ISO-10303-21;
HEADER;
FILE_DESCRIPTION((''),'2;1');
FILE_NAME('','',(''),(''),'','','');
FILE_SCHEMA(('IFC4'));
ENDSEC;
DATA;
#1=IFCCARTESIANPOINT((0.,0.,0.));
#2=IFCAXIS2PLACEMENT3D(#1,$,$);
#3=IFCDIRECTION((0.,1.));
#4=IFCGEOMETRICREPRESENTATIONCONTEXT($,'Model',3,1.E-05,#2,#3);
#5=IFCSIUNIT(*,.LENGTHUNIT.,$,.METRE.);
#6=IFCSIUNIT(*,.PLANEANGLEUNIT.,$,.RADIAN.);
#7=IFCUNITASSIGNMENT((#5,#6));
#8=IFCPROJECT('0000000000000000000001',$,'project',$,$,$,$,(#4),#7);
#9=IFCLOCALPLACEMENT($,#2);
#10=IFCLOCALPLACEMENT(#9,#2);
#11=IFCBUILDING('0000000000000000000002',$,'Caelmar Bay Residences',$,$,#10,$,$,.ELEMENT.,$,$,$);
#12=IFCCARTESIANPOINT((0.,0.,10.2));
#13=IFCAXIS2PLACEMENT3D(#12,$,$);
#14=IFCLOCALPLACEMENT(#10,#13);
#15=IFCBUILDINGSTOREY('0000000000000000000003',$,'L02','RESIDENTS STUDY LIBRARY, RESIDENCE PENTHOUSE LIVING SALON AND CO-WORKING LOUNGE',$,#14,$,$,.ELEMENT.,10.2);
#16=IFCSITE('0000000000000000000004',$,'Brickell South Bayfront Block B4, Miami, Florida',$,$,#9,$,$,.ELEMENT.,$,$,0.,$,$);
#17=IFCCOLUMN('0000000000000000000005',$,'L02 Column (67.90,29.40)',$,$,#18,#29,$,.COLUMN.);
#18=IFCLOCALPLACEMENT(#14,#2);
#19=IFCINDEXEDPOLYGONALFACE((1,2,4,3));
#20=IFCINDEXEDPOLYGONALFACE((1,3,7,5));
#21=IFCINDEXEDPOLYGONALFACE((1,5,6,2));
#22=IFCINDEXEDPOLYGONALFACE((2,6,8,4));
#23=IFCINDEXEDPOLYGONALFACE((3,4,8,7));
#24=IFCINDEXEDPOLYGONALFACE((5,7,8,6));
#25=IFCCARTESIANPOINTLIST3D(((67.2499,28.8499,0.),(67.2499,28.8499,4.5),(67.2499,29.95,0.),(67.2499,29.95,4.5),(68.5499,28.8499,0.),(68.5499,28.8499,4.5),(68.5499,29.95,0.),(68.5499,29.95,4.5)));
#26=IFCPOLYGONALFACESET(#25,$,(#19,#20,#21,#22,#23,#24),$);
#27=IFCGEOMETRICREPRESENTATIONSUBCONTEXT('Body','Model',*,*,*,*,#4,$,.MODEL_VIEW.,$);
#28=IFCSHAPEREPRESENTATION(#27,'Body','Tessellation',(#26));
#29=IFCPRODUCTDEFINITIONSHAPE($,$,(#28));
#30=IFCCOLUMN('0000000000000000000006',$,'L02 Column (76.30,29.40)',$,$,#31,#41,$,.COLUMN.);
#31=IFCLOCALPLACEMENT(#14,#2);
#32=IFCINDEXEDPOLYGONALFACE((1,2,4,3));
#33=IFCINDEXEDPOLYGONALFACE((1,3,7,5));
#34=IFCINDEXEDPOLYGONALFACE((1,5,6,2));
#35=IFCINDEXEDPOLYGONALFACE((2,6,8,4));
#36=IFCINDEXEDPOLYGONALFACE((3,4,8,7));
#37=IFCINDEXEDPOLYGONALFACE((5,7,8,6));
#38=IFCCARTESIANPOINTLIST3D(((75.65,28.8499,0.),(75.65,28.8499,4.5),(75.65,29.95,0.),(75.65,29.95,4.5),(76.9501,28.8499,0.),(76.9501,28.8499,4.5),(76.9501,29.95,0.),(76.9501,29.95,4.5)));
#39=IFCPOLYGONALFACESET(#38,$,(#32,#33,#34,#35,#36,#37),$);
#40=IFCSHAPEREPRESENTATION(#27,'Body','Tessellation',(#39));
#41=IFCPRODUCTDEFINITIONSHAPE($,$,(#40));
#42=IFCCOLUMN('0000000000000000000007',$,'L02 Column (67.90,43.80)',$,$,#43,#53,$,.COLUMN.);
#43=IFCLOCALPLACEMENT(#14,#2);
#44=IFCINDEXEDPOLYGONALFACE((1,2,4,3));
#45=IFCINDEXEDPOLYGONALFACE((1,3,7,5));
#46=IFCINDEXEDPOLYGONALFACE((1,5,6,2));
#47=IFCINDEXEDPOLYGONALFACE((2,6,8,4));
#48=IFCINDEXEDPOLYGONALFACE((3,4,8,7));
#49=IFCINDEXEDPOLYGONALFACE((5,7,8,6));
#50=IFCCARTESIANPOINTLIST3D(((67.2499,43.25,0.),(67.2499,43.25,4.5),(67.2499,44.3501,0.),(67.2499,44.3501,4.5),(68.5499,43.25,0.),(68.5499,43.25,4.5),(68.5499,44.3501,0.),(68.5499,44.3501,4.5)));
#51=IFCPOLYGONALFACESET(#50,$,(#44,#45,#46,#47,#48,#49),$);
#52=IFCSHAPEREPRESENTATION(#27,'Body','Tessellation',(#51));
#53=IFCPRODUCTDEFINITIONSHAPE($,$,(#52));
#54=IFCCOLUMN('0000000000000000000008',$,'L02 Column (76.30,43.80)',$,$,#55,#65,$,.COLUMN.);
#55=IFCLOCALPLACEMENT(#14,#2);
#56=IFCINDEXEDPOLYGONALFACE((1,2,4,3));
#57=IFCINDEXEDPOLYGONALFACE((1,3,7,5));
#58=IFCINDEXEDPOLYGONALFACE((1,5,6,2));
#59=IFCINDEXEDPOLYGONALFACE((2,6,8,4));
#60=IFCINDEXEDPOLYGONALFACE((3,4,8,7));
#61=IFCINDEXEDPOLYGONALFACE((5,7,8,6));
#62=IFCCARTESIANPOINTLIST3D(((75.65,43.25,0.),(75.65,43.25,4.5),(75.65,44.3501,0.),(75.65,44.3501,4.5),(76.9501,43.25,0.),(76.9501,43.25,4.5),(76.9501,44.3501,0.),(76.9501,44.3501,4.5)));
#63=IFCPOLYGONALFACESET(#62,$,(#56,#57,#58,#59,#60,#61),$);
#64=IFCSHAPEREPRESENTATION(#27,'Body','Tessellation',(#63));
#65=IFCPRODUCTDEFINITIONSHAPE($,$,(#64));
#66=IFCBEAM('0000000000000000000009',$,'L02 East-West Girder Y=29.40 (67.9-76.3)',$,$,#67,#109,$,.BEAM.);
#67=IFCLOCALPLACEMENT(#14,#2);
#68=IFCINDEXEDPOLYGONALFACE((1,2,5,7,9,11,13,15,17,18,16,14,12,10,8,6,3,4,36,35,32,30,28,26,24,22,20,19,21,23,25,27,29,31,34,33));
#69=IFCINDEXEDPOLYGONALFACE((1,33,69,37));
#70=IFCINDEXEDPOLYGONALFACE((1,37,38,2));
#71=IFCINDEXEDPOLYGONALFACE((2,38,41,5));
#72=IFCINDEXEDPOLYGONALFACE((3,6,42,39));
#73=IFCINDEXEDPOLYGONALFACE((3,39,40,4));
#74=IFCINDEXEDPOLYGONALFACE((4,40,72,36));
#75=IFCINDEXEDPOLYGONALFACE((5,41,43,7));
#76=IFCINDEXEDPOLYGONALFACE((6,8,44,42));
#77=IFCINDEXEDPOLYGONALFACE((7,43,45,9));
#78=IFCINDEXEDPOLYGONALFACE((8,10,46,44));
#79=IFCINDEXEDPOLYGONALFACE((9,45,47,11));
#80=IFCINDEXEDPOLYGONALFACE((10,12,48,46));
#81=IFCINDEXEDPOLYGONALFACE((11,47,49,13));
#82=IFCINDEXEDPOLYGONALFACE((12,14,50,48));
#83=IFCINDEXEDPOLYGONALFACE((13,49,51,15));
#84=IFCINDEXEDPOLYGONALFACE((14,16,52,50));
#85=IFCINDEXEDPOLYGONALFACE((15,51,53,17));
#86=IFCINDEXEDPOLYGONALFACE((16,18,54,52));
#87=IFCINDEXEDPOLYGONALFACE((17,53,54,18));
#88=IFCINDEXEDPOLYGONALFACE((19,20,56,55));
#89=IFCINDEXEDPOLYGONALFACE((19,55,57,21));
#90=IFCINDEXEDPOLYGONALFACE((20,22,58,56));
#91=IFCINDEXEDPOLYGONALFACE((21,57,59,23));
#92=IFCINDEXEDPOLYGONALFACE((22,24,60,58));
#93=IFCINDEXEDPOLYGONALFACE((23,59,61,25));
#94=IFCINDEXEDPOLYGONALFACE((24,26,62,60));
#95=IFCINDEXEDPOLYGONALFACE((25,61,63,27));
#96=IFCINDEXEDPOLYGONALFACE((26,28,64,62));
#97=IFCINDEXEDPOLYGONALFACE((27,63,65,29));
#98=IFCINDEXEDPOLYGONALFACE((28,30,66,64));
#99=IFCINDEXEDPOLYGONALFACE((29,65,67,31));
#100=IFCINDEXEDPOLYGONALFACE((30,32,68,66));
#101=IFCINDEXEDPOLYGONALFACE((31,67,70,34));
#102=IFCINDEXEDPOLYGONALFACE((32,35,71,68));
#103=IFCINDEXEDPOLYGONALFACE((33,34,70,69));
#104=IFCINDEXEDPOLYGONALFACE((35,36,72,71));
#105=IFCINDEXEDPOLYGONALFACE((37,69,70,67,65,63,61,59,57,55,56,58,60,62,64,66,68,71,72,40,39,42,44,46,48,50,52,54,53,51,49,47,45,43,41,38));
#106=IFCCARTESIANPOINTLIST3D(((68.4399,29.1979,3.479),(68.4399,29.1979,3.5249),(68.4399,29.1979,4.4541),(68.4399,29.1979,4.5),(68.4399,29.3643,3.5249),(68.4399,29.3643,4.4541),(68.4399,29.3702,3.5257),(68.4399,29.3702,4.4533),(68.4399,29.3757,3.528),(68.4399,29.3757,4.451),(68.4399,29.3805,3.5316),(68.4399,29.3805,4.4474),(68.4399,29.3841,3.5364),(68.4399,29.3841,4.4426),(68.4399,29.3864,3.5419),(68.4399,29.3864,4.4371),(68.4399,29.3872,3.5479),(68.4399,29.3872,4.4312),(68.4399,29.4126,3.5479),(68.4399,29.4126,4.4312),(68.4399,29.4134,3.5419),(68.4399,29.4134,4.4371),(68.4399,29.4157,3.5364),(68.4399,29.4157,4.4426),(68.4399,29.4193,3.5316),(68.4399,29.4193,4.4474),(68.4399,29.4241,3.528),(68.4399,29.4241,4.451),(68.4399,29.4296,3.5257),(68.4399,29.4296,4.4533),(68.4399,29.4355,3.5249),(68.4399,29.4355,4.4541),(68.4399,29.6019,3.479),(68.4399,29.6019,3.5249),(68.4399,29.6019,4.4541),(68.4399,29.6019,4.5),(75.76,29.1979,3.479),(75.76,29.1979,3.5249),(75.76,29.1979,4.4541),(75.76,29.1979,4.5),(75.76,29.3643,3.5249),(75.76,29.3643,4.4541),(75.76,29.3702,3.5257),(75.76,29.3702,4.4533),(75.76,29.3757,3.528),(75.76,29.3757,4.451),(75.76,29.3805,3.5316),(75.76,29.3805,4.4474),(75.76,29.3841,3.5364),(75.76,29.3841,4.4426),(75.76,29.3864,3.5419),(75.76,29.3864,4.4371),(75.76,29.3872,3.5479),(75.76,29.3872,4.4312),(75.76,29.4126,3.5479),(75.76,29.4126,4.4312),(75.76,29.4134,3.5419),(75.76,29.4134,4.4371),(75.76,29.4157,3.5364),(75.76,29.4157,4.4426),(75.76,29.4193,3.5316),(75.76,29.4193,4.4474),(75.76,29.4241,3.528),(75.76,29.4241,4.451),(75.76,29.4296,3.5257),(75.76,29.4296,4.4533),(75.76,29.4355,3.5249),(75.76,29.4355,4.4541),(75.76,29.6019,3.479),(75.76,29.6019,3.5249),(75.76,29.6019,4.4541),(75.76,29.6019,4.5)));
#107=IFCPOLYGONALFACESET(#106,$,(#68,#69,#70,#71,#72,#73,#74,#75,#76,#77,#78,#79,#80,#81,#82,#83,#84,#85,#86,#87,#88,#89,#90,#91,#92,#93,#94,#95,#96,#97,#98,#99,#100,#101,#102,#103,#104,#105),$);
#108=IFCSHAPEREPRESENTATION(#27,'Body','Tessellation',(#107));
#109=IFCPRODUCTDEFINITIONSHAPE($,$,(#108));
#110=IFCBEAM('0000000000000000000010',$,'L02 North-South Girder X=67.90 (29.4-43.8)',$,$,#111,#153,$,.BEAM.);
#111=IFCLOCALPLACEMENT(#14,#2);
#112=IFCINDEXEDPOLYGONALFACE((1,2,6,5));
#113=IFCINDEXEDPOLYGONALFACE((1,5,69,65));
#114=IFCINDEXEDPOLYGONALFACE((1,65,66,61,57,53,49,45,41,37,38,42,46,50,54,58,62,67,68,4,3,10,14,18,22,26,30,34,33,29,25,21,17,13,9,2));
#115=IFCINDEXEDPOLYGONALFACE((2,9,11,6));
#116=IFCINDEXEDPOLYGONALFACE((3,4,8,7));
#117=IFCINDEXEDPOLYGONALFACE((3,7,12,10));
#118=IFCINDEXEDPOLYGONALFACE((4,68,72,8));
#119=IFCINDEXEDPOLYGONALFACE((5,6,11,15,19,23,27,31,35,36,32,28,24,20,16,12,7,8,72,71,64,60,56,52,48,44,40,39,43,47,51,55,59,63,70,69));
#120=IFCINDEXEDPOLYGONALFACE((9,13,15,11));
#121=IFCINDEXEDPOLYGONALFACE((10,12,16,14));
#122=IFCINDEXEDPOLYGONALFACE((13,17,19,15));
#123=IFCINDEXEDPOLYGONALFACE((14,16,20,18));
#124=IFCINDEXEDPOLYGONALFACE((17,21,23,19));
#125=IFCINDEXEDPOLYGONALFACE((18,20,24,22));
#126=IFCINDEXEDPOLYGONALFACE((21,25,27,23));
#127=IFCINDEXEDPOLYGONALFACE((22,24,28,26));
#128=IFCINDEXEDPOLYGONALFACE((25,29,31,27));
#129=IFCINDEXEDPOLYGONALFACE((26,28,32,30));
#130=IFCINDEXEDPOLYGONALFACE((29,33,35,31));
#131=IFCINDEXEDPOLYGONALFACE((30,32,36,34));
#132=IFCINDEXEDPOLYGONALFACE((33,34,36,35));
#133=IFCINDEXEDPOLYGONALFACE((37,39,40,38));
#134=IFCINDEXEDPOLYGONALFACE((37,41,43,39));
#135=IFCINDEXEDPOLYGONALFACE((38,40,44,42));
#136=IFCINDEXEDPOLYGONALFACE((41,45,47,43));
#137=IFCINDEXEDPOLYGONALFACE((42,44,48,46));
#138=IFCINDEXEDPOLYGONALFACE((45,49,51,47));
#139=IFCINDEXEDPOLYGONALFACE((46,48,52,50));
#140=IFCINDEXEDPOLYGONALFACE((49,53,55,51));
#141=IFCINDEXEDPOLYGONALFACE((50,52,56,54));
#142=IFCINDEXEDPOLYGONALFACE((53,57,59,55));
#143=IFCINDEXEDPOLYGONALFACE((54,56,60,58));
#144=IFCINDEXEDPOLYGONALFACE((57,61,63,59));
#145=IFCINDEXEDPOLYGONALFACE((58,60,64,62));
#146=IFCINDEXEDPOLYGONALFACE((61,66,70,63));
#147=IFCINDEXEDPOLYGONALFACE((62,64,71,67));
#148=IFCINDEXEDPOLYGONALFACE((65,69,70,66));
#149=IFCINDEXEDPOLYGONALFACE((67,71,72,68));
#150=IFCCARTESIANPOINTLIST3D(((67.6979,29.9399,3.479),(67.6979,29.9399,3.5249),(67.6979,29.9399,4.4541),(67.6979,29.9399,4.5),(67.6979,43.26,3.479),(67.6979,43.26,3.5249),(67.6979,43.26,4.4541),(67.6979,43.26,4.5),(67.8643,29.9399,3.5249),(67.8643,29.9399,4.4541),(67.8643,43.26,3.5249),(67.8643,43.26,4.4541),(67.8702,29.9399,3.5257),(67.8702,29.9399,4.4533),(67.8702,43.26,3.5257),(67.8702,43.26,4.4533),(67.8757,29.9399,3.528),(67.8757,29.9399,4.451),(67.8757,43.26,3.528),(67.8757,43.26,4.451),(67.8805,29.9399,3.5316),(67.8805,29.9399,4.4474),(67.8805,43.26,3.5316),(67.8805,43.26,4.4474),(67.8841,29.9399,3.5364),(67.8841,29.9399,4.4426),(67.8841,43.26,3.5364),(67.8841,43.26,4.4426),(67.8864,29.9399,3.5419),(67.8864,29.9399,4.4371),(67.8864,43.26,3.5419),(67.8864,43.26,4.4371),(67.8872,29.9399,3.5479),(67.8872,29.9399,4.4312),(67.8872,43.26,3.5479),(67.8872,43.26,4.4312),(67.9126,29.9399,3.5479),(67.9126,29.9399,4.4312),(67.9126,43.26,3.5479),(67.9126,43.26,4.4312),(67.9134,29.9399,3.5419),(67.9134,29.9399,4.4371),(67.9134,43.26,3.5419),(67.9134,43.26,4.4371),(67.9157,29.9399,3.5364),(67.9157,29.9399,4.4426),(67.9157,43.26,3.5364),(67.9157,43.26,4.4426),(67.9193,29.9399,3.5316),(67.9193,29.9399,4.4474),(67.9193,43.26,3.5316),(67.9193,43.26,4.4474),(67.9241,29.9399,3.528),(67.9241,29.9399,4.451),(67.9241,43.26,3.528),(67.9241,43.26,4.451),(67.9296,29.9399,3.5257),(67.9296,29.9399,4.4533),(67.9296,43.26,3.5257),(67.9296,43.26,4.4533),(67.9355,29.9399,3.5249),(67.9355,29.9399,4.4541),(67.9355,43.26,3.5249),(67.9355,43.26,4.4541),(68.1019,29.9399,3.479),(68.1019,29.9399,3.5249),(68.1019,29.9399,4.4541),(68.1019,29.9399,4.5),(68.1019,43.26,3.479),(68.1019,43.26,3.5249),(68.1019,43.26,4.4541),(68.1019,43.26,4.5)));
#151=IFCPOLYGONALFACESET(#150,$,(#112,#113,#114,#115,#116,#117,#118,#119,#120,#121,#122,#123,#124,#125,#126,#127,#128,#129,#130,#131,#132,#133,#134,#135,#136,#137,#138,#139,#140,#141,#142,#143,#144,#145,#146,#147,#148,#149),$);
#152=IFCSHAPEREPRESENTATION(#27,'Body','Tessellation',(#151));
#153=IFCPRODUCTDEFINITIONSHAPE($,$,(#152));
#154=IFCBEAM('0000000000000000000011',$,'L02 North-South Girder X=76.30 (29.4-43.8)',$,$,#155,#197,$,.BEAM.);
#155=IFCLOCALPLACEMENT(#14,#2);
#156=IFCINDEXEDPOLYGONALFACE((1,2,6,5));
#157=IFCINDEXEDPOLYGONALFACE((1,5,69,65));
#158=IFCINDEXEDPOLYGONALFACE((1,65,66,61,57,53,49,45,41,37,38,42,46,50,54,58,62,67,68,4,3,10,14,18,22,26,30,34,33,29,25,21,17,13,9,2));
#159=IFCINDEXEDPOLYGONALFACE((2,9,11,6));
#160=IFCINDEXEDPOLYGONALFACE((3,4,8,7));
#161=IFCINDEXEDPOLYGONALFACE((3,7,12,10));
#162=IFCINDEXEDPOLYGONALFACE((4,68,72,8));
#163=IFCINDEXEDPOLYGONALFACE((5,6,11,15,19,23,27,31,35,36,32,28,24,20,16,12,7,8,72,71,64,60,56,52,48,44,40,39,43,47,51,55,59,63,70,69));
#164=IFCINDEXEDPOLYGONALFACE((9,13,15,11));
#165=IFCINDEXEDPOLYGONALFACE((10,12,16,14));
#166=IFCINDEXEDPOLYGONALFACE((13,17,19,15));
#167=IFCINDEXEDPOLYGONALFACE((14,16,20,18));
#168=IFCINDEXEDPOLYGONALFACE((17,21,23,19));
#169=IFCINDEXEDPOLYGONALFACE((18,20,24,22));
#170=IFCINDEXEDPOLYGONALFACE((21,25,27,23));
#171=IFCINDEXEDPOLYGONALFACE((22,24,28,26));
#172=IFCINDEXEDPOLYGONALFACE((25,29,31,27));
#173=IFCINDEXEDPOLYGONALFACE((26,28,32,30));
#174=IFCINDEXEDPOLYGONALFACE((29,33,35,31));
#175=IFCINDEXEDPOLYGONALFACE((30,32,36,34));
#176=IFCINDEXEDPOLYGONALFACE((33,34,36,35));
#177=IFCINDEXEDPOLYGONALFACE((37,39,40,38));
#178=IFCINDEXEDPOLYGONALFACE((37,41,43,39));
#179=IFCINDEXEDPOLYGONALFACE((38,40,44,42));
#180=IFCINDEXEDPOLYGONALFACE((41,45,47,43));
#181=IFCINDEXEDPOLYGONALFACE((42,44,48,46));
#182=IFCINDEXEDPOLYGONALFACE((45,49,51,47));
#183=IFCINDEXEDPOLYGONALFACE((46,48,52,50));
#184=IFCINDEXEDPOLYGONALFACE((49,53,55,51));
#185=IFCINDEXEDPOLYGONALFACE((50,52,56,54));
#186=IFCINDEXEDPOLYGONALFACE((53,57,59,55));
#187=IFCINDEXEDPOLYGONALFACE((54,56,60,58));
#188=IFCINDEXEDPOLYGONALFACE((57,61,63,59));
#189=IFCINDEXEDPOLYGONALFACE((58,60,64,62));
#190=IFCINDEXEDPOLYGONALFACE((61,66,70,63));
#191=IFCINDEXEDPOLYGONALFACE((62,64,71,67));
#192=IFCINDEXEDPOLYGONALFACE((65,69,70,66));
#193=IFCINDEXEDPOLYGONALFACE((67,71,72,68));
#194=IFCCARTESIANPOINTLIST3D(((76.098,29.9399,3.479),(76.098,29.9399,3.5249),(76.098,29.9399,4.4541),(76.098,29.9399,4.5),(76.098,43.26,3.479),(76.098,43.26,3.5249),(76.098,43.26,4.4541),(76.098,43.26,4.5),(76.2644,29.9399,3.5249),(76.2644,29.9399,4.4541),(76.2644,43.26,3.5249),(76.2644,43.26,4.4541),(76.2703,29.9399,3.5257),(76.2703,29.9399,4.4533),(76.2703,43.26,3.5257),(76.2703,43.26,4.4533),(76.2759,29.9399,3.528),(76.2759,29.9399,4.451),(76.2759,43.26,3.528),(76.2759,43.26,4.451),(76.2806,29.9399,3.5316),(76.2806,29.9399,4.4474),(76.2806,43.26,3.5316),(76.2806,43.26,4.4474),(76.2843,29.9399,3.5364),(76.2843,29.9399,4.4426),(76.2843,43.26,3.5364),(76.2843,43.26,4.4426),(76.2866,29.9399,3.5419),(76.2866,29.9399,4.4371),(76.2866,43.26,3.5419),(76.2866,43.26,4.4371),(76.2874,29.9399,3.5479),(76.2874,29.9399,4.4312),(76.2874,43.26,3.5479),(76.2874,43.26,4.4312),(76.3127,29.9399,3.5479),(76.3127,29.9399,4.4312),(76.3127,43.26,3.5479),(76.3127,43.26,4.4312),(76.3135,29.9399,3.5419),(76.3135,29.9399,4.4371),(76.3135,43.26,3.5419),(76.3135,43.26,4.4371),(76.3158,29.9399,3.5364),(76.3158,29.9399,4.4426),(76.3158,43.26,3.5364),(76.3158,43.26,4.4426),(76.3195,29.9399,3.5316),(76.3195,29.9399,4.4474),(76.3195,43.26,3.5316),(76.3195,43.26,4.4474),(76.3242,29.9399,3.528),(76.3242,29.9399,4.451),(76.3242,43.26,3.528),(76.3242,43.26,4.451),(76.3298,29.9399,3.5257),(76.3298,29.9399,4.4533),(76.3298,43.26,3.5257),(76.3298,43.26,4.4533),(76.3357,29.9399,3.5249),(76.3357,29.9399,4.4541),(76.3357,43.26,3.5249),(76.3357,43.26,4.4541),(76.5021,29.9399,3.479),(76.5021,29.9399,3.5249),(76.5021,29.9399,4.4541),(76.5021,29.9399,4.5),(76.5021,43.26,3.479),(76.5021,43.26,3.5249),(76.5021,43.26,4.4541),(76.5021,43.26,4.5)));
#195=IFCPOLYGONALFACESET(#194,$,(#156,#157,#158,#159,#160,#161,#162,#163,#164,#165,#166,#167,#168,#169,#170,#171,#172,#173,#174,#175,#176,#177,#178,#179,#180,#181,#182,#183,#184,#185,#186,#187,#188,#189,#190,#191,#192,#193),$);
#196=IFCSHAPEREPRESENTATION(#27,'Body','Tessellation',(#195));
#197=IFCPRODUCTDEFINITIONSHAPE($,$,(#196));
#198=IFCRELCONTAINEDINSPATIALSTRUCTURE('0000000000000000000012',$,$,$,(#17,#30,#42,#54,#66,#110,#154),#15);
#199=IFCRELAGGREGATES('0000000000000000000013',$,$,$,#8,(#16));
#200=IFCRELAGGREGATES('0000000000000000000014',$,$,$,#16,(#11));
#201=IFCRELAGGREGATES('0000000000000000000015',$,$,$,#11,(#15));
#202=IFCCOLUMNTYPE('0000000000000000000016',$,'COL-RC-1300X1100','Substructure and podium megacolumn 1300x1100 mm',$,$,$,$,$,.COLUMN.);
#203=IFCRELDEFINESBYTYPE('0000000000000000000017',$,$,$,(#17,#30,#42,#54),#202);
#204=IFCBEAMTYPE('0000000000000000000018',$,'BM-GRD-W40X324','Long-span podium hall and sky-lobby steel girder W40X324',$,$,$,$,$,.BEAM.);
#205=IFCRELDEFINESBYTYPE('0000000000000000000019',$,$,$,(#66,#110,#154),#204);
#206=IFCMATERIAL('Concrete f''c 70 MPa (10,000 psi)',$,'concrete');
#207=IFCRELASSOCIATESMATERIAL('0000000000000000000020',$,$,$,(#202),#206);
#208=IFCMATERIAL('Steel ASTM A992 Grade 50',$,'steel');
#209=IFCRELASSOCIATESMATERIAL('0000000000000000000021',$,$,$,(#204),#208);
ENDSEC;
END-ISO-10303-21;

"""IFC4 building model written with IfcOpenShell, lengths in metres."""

from ifc_helpers import new_model, si_unit, direction, frame, origin, origin_2d, place, context, subcontext, project, spatial, rectangle, i_section, extrude, material, material_profile, profile_set, type_object, element, save


model = new_model("IFC4")

# Units and contexts
model_context = context("Model", 3, precision=1e-05, world=origin(), true_north=direction((0.0, 1.0)))
body_context = subcontext(model_context, "Body", "Model", "MODEL_VIEW")
ifc_project = project(units=[si_unit("LENGTHUNIT", "METRE"), si_unit("PLANEANGLEUNIT", "RADIAN")], contexts=[model_context])

# Site, building, storey
site_placement = place(None, origin())
site = spatial("IfcSite", under=ifc_project, at=site_placement, Name="Brickell South Bayfront Block B4, Miami, Florida", CompositionType="ELEMENT", RefElevation=0.0)
building_placement = place(site_placement, origin())
building = spatial("IfcBuilding", under=site, at=building_placement, Name="Caelmar Bay Residences", CompositionType="ELEMENT")
storey_placement = place(building_placement, frame((0.0, 0.0, 10.2)))
storey = spatial("IfcBuildingStorey", under=building, at=storey_placement, Name="L02", Description="RESIDENTS STUDY LIBRARY, RESIDENCE PENTHOUSE LIVING SALON AND CO-WORKING LOUNGE", CompositionType="ELEMENT", Elevation=10.2)

# Columns
ifc_material_1 = material(Name="Concrete f'c 70 MPa (10,000 psi)", Category="concrete")
ifc_material_profile_1 = material_profile(ifc_material_1, rectangle(XDim=1.3, YDim=1.1001, at=origin_2d()), Name="RC-COL-1300X1100")
ifc_profile_set_1 = profile_set([ifc_material_profile_1], Name="Concrete f'c 70 MPa (10,000 psi)")
column_type = type_object("IfcColumnType", Name="COL-RC-1300X1100", Description="Substructure and podium megacolumn 1300x1100 mm", PredefinedType="COLUMN", material=ifc_profile_set_1)
for number, where, z_axis, x_axis, name in (
    (1, (67.8999, 29.3999, 0.0), (0.0, 0.0, 1.0), (1.0, 0.0, 0.0), "L02 Column (67.90,29.40)"),
    (2, (76.3, 29.3999, 0.0), (0.0, 0.0, 1.0), (1.0, 0.0, 0.0), "L02 Column (76.30,29.40)"),
    (3, (67.8999, 43.8, 0.0), (0.0, 0.0, 1.0), (1.0, 0.0, 0.0), "L02 Column (67.90,43.80)"),
    (4, (76.3, 43.8, 0.0), (0.0, 0.0, 1.0), (1.0, 0.0, 0.0), "L02 Column (76.30,43.80)"),
):
    element("IfcColumn", number, at=place(storey_placement, frame(where, z_axis=z_axis, x_axis=x_axis)), inside=storey, type_object=column_type, Name=name, PredefinedType="COLUMN", context=body_context, shape_type="SweptSolid", body=[
        extrude(rectangle(XDim=1.3, YDim=1.1001, at=origin_2d()), origin(), (0.0, 0.0, 1.0), 4.5),
    ])

# Beams
ifc_material_2 = material(Name="Steel ASTM A992 Grade 50", Category="steel")
ifc_material_profile_2 = material_profile(ifc_material_2, i_section(OverallWidth=0.4041, OverallDepth=1.021, WebThickness=0.0254, FlangeThickness=0.0459, FilletRadius=0.0229, at=origin_2d()), Name="W40X324")
ifc_profile_set_2 = profile_set([ifc_material_profile_2], Name="Steel ASTM A992 Grade 50")
beam_type_1 = type_object("IfcBeamType", Name="BM-GRD-W40X324", Description="Long-span podium hall and sky-lobby steel girder W40X324", PredefinedType="BEAM", material=ifc_profile_set_2)
beam_1_placement = place(storey_placement, frame((68.4399, 29.3999, 3.9895), z_axis=(1.0, 0.0, 0.0), x_axis=(0.0, 1.0, 0.0)))
element("IfcBeam", 5, at=beam_1_placement, inside=storey, type_object=beam_type_1, Name="L02 East-West Girder Y=29.40 (67.9-76.3)", PredefinedType="BEAM", context=body_context, shape_type="SweptSolid", body=[
    extrude(i_section(OverallWidth=0.4041, OverallDepth=1.021, WebThickness=0.0254, FlangeThickness=0.0459, FilletRadius=0.0229, at=origin_2d()), origin(), (0.0, 0.0, 1.0), 7.3201),
])
for number, where, z_axis, x_axis, name in (
    (6, (67.8999, 29.9399, 3.9895), (0.0, 1.0, 0.0), (-1.0, 0.0, 0.0), "L02 North-South Girder X=67.90 (29.4-43.8)"),
    (7, (76.3, 29.9399, 3.9895), (0.0, 1.0, 0.0), (-1.0, 0.0, 0.0), "L02 North-South Girder X=76.30 (29.4-43.8)"),
):
    element("IfcBeam", number, at=place(storey_placement, frame(where, z_axis=z_axis, x_axis=x_axis)), inside=storey, type_object=beam_type_1, Name=name, PredefinedType="BEAM", context=body_context, shape_type="SweptSolid", body=[
        extrude(i_section(OverallWidth=0.4041, OverallDepth=1.021, WebThickness=0.0254, FlangeThickness=0.0459, FilletRadius=0.0229, at=origin_2d()), origin(), (0.0, 0.0, 1.0), 13.3201),
    ])

save(model, "model.ifc")
